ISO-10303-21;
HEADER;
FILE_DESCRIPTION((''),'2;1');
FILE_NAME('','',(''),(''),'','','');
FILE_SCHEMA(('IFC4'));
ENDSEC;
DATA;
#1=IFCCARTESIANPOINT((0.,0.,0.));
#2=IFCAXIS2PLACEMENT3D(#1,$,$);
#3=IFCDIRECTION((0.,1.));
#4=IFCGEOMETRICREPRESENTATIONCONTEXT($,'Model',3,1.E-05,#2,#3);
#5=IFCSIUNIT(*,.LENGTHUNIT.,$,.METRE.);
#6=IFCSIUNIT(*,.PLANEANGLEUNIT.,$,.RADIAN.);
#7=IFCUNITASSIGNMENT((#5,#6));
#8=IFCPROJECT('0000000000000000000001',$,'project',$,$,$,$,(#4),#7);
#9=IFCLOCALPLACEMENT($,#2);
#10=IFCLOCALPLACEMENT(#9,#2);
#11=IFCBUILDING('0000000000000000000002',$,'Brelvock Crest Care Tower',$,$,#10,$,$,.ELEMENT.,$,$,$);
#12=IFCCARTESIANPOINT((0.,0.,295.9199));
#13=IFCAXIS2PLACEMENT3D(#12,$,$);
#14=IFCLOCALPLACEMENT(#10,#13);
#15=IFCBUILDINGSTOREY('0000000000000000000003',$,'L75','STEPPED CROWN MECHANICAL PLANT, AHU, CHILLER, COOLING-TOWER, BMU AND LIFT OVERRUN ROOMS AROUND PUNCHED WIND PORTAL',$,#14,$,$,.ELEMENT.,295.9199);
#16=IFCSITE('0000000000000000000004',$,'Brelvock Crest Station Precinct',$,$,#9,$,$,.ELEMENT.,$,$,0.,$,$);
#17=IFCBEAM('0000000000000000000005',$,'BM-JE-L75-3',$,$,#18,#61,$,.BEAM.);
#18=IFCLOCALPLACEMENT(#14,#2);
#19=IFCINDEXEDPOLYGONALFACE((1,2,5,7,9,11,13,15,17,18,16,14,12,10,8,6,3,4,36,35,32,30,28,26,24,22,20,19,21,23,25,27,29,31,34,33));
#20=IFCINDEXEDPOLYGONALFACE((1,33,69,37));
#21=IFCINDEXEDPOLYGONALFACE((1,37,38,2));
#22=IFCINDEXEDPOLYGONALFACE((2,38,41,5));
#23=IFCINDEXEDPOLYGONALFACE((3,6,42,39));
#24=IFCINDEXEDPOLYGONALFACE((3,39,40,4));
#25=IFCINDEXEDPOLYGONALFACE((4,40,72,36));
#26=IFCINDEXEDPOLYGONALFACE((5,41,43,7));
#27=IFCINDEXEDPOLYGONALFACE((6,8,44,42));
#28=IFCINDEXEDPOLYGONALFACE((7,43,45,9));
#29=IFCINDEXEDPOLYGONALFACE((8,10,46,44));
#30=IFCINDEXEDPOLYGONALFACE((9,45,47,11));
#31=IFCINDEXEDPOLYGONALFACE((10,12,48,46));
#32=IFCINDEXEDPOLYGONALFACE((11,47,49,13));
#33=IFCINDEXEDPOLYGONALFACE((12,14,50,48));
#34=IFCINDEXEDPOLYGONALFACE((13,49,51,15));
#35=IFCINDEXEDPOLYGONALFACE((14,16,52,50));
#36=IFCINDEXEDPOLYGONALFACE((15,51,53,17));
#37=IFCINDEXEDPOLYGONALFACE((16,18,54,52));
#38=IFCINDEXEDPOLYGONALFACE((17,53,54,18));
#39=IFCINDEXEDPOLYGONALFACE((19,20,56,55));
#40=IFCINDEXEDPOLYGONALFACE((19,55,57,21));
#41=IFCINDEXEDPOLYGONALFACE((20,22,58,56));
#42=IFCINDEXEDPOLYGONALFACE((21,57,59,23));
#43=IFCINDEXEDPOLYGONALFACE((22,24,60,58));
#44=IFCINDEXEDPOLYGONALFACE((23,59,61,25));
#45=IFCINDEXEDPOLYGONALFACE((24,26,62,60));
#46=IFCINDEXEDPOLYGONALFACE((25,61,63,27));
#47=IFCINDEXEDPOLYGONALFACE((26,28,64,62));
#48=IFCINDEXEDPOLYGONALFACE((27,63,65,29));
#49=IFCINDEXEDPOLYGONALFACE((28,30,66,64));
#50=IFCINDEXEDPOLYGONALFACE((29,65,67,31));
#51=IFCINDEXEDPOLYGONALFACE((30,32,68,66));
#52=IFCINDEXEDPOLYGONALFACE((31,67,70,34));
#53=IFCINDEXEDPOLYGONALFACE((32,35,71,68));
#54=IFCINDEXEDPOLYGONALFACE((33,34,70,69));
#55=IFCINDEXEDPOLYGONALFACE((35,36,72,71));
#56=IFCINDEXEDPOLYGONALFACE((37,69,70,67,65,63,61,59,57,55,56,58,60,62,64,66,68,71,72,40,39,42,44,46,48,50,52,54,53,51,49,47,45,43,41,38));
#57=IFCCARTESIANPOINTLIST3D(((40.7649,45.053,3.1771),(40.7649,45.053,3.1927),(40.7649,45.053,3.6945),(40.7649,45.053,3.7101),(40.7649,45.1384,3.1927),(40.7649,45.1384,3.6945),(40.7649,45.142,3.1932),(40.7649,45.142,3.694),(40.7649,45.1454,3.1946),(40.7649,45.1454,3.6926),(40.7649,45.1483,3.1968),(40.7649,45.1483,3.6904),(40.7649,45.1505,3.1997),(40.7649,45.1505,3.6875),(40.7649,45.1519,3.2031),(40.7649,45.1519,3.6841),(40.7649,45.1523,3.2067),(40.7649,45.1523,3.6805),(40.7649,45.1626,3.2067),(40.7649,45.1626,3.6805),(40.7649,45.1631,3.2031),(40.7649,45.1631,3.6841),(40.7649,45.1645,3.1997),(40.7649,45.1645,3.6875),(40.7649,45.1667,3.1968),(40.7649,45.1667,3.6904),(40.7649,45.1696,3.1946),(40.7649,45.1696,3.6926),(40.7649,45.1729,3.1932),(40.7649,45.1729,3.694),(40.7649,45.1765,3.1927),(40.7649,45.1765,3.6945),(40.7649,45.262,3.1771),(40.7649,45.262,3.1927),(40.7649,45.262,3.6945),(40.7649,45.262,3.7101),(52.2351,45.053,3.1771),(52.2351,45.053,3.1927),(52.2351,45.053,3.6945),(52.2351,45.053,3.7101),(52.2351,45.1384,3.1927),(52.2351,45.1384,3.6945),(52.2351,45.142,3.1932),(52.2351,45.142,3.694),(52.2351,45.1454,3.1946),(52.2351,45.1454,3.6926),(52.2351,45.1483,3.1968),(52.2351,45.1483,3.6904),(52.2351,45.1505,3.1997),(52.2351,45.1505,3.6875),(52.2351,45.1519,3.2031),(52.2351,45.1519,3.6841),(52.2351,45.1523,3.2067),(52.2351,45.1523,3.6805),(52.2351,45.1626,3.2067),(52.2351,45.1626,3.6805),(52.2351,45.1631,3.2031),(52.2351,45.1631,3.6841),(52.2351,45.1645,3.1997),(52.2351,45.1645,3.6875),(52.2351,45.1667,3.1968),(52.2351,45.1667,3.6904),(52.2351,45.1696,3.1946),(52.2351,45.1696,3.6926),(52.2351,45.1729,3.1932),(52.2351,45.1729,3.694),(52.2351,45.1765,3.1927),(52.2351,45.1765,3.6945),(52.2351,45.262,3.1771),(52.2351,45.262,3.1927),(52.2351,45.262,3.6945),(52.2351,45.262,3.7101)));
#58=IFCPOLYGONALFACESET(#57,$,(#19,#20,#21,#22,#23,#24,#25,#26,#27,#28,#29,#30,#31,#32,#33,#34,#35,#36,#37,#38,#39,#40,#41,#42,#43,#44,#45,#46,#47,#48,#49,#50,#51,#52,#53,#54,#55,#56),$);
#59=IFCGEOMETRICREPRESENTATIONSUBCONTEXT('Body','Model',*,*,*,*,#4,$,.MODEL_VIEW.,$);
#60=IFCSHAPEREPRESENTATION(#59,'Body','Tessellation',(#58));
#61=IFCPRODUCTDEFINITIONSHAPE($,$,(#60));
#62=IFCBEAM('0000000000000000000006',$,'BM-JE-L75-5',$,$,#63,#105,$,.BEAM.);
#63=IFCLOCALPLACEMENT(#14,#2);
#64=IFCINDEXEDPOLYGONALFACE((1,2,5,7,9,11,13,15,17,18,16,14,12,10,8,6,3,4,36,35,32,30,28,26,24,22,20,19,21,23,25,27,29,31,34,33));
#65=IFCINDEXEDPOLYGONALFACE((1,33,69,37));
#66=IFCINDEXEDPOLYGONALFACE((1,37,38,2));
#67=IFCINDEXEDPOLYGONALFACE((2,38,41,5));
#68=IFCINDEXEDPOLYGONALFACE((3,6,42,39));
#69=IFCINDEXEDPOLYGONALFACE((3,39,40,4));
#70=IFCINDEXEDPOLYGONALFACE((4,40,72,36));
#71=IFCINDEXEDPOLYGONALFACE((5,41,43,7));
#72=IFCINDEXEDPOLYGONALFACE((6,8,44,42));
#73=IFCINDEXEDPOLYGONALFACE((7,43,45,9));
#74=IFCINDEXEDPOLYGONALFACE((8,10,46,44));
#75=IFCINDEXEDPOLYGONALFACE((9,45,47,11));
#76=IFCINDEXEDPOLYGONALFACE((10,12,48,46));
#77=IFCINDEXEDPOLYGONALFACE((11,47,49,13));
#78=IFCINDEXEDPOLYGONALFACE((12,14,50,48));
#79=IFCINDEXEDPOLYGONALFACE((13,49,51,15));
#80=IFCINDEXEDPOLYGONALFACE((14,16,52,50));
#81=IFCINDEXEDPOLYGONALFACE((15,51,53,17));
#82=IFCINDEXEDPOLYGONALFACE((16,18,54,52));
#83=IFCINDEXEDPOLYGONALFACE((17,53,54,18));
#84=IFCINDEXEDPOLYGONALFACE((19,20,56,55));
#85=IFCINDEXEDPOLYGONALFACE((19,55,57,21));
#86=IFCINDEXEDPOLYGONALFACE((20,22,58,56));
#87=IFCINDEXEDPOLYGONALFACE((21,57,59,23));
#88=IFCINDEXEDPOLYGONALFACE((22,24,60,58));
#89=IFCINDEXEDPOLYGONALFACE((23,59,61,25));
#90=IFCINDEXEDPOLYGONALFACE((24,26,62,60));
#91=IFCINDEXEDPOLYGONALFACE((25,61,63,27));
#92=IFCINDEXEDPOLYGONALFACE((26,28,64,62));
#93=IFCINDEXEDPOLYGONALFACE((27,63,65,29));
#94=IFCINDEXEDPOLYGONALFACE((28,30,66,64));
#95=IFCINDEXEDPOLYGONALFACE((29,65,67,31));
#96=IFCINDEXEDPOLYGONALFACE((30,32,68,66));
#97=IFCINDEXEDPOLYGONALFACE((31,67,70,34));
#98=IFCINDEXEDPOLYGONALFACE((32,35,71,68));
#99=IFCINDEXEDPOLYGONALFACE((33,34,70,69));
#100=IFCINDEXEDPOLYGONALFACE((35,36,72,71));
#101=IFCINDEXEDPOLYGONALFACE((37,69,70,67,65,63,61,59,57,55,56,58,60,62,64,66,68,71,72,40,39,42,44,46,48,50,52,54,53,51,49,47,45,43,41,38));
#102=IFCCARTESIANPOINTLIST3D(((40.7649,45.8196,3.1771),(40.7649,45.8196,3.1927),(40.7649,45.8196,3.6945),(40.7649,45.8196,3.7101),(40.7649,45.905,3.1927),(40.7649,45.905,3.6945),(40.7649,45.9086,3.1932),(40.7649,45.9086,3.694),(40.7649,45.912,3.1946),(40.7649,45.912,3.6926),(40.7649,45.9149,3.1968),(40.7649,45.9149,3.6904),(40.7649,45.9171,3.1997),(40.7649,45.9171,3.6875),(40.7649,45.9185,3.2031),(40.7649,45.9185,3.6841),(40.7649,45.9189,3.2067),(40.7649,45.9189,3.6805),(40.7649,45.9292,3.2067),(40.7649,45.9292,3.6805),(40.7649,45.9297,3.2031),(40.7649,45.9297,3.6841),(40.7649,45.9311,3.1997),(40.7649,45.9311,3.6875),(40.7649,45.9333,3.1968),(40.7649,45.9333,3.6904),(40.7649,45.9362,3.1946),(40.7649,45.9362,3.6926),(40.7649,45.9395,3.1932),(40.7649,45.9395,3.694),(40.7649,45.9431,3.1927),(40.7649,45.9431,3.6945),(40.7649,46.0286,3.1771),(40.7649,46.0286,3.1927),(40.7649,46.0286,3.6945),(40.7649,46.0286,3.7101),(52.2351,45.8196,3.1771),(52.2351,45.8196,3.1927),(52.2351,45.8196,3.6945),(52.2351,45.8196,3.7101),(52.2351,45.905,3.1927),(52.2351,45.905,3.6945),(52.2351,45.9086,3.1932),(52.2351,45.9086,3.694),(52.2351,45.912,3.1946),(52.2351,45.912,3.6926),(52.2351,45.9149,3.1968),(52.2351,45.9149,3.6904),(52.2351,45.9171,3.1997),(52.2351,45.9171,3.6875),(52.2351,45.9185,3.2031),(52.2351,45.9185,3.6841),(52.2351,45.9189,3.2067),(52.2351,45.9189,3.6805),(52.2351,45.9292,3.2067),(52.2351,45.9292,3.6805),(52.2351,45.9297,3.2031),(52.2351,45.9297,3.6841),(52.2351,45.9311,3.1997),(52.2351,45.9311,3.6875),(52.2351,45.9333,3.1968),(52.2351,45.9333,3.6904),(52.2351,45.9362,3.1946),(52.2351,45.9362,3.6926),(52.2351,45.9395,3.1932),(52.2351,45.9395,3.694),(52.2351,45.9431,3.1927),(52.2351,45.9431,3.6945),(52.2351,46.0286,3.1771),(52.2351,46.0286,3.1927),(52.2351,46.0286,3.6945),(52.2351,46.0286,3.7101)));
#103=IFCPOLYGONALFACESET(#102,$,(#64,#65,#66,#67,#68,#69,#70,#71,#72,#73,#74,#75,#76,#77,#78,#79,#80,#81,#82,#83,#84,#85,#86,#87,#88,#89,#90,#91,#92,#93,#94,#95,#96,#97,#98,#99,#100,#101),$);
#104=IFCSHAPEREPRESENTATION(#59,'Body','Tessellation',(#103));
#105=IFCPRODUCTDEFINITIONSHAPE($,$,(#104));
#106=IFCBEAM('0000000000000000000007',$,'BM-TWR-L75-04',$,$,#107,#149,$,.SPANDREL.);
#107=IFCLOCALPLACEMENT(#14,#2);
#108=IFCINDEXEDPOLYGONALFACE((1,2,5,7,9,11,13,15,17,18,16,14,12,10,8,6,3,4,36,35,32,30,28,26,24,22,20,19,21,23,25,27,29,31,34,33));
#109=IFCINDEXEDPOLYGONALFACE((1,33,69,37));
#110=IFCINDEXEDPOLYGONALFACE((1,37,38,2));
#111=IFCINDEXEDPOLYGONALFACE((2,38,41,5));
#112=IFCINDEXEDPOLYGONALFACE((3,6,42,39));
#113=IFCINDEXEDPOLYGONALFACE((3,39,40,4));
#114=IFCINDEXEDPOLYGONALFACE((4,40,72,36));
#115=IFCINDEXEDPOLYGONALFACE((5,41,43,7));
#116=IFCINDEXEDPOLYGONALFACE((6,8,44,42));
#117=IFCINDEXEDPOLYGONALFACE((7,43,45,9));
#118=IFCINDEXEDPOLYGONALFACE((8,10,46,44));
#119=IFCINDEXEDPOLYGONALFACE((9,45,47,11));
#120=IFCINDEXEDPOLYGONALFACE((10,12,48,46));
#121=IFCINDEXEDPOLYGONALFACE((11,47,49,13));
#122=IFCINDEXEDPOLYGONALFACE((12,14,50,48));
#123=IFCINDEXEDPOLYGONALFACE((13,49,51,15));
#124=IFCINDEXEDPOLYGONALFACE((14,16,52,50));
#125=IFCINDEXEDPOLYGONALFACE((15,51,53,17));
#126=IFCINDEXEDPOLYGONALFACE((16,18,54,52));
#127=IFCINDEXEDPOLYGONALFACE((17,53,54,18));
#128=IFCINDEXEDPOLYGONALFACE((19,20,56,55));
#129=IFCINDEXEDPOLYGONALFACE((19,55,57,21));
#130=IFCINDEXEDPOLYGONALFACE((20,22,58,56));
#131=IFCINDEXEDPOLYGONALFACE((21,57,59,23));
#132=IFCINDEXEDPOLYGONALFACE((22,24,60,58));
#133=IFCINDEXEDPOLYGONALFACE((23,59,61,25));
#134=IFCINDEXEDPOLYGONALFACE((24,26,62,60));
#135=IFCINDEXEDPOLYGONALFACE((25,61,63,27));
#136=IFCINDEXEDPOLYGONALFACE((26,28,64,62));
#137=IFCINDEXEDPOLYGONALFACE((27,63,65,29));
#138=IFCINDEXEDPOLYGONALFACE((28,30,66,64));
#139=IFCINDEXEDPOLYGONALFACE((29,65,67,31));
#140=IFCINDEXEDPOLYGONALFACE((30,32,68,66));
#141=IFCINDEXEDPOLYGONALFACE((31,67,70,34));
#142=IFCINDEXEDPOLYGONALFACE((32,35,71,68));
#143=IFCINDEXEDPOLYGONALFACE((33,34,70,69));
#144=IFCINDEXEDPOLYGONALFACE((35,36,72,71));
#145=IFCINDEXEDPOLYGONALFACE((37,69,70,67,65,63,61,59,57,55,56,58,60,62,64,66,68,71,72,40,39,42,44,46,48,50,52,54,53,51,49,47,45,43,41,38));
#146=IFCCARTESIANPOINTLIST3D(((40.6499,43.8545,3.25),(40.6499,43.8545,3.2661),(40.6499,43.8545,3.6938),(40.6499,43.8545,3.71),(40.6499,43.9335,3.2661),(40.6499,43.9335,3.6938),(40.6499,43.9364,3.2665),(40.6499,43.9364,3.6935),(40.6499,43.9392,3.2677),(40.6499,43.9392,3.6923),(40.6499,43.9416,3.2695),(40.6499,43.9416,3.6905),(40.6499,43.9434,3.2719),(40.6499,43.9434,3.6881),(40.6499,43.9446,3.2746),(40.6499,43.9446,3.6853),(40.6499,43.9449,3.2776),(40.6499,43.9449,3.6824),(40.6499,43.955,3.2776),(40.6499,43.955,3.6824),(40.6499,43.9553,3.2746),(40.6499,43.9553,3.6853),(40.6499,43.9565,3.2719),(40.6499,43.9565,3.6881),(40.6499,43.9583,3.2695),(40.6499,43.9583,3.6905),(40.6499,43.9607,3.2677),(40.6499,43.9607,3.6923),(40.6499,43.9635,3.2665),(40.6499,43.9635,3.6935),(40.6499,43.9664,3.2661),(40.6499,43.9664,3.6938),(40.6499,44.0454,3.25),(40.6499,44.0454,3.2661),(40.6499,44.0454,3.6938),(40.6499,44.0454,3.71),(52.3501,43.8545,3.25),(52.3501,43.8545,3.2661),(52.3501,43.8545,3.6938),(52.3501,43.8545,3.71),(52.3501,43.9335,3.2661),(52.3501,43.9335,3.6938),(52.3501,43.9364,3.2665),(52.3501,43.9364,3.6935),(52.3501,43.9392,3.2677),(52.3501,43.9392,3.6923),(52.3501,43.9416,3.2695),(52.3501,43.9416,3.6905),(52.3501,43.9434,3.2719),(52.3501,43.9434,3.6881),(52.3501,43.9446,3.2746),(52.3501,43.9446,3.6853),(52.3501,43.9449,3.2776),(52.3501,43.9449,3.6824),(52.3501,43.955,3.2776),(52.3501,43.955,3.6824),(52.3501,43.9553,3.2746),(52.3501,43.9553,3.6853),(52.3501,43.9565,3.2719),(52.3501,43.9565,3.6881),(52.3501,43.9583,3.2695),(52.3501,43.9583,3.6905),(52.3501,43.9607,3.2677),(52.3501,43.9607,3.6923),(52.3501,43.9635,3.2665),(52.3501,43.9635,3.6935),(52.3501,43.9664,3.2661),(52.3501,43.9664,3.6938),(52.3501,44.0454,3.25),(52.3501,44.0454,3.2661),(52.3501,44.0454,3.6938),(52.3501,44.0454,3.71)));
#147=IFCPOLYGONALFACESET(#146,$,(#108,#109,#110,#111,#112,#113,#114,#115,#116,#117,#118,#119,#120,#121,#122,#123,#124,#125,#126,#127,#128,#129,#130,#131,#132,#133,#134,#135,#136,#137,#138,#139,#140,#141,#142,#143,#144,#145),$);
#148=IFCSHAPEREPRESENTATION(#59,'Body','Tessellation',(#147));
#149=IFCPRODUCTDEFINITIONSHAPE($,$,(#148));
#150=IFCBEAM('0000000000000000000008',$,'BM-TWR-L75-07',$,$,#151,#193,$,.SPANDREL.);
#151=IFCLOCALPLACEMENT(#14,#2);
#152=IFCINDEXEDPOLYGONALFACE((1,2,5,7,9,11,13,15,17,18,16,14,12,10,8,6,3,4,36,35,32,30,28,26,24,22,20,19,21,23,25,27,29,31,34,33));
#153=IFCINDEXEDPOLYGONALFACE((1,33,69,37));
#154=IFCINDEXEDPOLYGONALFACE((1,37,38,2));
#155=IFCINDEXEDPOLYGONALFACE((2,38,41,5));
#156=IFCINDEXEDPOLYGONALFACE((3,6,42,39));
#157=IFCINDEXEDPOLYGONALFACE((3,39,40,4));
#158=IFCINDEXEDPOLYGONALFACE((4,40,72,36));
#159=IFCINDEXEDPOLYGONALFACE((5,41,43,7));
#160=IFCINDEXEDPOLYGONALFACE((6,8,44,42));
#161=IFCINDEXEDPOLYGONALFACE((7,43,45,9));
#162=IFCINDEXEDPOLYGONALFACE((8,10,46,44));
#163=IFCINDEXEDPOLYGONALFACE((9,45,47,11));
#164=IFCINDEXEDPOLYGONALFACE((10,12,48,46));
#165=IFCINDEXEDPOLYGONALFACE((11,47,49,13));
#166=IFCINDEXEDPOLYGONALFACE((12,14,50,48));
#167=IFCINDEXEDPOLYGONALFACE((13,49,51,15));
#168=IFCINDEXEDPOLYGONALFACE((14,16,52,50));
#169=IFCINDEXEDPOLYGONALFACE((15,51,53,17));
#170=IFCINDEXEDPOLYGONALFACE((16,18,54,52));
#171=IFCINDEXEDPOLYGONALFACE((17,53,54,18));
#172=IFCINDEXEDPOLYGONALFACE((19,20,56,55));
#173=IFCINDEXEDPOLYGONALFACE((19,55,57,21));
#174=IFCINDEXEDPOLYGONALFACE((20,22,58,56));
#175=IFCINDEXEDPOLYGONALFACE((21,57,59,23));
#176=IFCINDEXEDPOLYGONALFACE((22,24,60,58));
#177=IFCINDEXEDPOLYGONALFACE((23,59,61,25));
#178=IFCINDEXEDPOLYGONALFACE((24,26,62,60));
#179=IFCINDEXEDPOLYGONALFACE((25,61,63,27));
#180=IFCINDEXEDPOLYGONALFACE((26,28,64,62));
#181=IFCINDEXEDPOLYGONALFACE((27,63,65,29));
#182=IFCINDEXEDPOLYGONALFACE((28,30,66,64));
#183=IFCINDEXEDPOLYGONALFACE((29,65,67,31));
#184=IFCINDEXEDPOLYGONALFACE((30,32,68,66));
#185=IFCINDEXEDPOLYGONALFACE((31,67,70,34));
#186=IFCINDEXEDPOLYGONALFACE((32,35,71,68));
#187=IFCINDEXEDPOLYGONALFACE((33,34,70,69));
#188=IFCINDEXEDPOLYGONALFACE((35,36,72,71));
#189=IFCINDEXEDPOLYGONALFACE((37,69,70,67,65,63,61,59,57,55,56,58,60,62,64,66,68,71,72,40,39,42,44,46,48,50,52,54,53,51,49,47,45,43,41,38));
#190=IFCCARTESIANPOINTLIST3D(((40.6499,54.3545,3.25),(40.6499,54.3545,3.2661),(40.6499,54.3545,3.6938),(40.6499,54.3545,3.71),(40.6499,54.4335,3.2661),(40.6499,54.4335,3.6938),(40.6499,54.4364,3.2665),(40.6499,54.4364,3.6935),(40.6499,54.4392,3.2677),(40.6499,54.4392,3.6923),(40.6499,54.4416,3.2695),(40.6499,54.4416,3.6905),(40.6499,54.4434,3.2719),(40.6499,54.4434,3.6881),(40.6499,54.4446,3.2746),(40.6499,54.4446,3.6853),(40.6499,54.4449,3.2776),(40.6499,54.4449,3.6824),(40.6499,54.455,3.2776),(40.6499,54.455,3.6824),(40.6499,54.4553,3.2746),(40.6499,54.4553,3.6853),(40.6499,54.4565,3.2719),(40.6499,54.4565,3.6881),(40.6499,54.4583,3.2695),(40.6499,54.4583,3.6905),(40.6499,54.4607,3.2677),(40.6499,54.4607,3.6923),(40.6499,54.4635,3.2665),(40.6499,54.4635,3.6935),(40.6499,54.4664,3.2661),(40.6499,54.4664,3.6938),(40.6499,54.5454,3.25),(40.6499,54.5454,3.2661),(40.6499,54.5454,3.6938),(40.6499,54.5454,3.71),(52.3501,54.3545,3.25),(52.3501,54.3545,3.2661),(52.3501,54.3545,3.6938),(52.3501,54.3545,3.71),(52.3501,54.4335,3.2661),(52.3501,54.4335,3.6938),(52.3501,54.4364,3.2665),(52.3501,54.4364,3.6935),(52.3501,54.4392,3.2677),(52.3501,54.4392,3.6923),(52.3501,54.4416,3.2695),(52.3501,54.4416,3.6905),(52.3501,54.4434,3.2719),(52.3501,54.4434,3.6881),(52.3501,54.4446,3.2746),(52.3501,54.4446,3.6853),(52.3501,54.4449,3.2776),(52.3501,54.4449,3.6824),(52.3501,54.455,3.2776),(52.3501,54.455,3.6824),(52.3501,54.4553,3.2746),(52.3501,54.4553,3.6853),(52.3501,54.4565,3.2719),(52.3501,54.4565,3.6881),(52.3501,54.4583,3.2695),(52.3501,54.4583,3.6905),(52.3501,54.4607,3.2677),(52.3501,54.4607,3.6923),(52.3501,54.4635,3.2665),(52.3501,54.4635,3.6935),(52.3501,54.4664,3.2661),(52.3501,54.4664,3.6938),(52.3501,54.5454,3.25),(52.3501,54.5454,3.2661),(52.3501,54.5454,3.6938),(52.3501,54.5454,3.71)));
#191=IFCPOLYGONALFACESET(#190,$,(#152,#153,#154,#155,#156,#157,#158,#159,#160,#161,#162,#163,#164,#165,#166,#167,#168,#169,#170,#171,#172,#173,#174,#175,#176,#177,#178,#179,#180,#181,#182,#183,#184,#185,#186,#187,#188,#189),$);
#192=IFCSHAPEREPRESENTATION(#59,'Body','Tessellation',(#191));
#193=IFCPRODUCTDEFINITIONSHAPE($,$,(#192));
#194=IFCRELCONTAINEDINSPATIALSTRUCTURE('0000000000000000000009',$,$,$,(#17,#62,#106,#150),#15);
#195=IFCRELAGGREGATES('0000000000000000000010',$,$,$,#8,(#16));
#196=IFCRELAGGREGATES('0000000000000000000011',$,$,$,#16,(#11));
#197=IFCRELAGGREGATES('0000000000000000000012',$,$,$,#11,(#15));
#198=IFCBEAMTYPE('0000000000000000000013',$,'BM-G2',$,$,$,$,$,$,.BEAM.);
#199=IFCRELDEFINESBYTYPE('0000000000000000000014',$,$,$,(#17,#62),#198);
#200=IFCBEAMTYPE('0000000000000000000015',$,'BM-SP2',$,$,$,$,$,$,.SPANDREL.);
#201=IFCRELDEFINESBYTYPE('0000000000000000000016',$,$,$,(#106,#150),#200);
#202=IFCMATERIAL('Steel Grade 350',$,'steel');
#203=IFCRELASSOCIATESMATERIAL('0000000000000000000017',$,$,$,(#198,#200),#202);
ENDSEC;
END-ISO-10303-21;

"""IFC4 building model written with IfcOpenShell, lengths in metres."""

from ifc_helpers import new_model, si_unit, direction, frame, origin, origin_2d, place, context, subcontext, project, spatial, i_section, extrude, source, transform, mapped, material, material_profile, profile_set, type_object, element, save


model = new_model("IFC4")

# Units and contexts
model_context = context("Model", 3, precision=1e-05, world=origin(), true_north=direction((0.0, 1.0)))
body_context = subcontext(model_context, "Body", "Model", "MODEL_VIEW")
ifc_project = project(units=[si_unit("LENGTHUNIT", "METRE"), si_unit("PLANEANGLEUNIT", "RADIAN")], contexts=[model_context])

# Site, building, storey
site_placement = place(None, origin())
site = spatial("IfcSite", under=ifc_project, at=site_placement, Name="Brelvock Crest Station Precinct", CompositionType="ELEMENT", RefElevation=0.0)
building_placement = place(site_placement, origin())
building = spatial("IfcBuilding", under=site, at=building_placement, Name="Brelvock Crest Care Tower", CompositionType="ELEMENT")
storey_placement = place(building_placement, frame((0.0, 0.0, 295.9199)))
storey = spatial("IfcBuildingStorey", under=building, at=storey_placement, Name="L75", Description="STEPPED CROWN MECHANICAL PLANT, AHU, CHILLER, COOLING-TOWER, BMU AND LIFT OVERRUN ROOMS AROUND PUNCHED WIND PORTAL", CompositionType="ELEMENT", Elevation=295.9199)

# Shared definitions
ifc_material_1 = material(Name="Steel Grade 350", Category="steel")

# Beams
ifc_material_profile_1 = material_profile(ifc_material_1, i_section(OverallWidth=0.209, OverallDepth=0.533, WebThickness=0.0103, FlangeThickness=0.0156, FilletRadius=0.0139, at=origin_2d()), Name="530UB92.4")
ifc_profile_set_1 = profile_set([ifc_material_profile_1], Name="Steel Grade 350")
beam_type_1 = type_object("IfcBeamType", Name="BM-G2", PredefinedType="BEAM", material=ifc_profile_set_1)
shared_shape_1 = source(origin(), body_context, "Body", "SweptSolid", [
    extrude(i_section(OverallWidth=0.209, OverallDepth=0.533, WebThickness=0.0103, FlangeThickness=0.0156, FilletRadius=0.0139, at=origin_2d()), origin(), (0.0, 0.0, 1.0), 11.4702),
])
for number, where, z_axis, x_axis, name in (
    (1, (40.7649, 45.1575, 3.4436), (1.0, 0.0, 0.0), (0.0, 1.0, 0.0), "BM-JE-L75-3"),
    (2, (40.7649, 45.9241, 3.4436), (1.0, 0.0, 0.0), (0.0, 1.0, 0.0), "BM-JE-L75-5"),
):
    element("IfcBeam", number, at=place(storey_placement, frame(where, z_axis=z_axis, x_axis=x_axis)), inside=storey, type_object=beam_type_1, Name=name, PredefinedType="BEAM", context=body_context, shape_type="MappedRepresentation", body=[
        mapped(shared_shape_1, transform((0.0, 0.0, 0.0), x_axis=(1.0, 0.0, 0.0), y_axis=(0.0, 1.0, 0.0), z_axis=(0.0, 0.0, 1.0), scale=1.0)),
    ])
ifc_material_profile_2 = material_profile(ifc_material_1, i_section(OverallWidth=0.1909, OverallDepth=0.46, WebThickness=0.01, FlangeThickness=0.0161, FilletRadius=0.0115, at=origin_2d()), Name="460UB82.1")
ifc_profile_set_2 = profile_set([ifc_material_profile_2], Name="Steel Grade 350")
beam_type_2 = type_object("IfcBeamType", Name="BM-SP2", PredefinedType="SPANDREL", material=ifc_profile_set_2)
shared_shape_2 = source(origin(), body_context, "Body", "SweptSolid", [
    extrude(i_section(OverallWidth=0.1909, OverallDepth=0.46, WebThickness=0.01, FlangeThickness=0.0161, FilletRadius=0.0115, at=origin_2d()), origin(), (0.0, 0.0, 1.0), 11.7002),
])
for number, where, z_axis, x_axis, name in (
    (3, (40.6499, 43.95, 3.48), (1.0, 0.0, 0.0), (0.0, 1.0, 0.0), "BM-TWR-L75-04"),
    (4, (40.6499, 54.45, 3.48), (1.0, 0.0, 0.0), (0.0, 1.0, 0.0), "BM-TWR-L75-07"),
):
    element("IfcBeam", number, at=place(storey_placement, frame(where, z_axis=z_axis, x_axis=x_axis)), inside=storey, type_object=beam_type_2, Name=name, PredefinedType="SPANDREL", context=body_context, shape_type="MappedRepresentation", body=[
        mapped(shared_shape_2, transform((0.0, 0.0, 0.0), x_axis=(1.0, 0.0, 0.0), y_axis=(0.0, 1.0, 0.0), z_axis=(0.0, 0.0, 1.0), scale=1.0)),
    ])

save(model, "model.ifc")
